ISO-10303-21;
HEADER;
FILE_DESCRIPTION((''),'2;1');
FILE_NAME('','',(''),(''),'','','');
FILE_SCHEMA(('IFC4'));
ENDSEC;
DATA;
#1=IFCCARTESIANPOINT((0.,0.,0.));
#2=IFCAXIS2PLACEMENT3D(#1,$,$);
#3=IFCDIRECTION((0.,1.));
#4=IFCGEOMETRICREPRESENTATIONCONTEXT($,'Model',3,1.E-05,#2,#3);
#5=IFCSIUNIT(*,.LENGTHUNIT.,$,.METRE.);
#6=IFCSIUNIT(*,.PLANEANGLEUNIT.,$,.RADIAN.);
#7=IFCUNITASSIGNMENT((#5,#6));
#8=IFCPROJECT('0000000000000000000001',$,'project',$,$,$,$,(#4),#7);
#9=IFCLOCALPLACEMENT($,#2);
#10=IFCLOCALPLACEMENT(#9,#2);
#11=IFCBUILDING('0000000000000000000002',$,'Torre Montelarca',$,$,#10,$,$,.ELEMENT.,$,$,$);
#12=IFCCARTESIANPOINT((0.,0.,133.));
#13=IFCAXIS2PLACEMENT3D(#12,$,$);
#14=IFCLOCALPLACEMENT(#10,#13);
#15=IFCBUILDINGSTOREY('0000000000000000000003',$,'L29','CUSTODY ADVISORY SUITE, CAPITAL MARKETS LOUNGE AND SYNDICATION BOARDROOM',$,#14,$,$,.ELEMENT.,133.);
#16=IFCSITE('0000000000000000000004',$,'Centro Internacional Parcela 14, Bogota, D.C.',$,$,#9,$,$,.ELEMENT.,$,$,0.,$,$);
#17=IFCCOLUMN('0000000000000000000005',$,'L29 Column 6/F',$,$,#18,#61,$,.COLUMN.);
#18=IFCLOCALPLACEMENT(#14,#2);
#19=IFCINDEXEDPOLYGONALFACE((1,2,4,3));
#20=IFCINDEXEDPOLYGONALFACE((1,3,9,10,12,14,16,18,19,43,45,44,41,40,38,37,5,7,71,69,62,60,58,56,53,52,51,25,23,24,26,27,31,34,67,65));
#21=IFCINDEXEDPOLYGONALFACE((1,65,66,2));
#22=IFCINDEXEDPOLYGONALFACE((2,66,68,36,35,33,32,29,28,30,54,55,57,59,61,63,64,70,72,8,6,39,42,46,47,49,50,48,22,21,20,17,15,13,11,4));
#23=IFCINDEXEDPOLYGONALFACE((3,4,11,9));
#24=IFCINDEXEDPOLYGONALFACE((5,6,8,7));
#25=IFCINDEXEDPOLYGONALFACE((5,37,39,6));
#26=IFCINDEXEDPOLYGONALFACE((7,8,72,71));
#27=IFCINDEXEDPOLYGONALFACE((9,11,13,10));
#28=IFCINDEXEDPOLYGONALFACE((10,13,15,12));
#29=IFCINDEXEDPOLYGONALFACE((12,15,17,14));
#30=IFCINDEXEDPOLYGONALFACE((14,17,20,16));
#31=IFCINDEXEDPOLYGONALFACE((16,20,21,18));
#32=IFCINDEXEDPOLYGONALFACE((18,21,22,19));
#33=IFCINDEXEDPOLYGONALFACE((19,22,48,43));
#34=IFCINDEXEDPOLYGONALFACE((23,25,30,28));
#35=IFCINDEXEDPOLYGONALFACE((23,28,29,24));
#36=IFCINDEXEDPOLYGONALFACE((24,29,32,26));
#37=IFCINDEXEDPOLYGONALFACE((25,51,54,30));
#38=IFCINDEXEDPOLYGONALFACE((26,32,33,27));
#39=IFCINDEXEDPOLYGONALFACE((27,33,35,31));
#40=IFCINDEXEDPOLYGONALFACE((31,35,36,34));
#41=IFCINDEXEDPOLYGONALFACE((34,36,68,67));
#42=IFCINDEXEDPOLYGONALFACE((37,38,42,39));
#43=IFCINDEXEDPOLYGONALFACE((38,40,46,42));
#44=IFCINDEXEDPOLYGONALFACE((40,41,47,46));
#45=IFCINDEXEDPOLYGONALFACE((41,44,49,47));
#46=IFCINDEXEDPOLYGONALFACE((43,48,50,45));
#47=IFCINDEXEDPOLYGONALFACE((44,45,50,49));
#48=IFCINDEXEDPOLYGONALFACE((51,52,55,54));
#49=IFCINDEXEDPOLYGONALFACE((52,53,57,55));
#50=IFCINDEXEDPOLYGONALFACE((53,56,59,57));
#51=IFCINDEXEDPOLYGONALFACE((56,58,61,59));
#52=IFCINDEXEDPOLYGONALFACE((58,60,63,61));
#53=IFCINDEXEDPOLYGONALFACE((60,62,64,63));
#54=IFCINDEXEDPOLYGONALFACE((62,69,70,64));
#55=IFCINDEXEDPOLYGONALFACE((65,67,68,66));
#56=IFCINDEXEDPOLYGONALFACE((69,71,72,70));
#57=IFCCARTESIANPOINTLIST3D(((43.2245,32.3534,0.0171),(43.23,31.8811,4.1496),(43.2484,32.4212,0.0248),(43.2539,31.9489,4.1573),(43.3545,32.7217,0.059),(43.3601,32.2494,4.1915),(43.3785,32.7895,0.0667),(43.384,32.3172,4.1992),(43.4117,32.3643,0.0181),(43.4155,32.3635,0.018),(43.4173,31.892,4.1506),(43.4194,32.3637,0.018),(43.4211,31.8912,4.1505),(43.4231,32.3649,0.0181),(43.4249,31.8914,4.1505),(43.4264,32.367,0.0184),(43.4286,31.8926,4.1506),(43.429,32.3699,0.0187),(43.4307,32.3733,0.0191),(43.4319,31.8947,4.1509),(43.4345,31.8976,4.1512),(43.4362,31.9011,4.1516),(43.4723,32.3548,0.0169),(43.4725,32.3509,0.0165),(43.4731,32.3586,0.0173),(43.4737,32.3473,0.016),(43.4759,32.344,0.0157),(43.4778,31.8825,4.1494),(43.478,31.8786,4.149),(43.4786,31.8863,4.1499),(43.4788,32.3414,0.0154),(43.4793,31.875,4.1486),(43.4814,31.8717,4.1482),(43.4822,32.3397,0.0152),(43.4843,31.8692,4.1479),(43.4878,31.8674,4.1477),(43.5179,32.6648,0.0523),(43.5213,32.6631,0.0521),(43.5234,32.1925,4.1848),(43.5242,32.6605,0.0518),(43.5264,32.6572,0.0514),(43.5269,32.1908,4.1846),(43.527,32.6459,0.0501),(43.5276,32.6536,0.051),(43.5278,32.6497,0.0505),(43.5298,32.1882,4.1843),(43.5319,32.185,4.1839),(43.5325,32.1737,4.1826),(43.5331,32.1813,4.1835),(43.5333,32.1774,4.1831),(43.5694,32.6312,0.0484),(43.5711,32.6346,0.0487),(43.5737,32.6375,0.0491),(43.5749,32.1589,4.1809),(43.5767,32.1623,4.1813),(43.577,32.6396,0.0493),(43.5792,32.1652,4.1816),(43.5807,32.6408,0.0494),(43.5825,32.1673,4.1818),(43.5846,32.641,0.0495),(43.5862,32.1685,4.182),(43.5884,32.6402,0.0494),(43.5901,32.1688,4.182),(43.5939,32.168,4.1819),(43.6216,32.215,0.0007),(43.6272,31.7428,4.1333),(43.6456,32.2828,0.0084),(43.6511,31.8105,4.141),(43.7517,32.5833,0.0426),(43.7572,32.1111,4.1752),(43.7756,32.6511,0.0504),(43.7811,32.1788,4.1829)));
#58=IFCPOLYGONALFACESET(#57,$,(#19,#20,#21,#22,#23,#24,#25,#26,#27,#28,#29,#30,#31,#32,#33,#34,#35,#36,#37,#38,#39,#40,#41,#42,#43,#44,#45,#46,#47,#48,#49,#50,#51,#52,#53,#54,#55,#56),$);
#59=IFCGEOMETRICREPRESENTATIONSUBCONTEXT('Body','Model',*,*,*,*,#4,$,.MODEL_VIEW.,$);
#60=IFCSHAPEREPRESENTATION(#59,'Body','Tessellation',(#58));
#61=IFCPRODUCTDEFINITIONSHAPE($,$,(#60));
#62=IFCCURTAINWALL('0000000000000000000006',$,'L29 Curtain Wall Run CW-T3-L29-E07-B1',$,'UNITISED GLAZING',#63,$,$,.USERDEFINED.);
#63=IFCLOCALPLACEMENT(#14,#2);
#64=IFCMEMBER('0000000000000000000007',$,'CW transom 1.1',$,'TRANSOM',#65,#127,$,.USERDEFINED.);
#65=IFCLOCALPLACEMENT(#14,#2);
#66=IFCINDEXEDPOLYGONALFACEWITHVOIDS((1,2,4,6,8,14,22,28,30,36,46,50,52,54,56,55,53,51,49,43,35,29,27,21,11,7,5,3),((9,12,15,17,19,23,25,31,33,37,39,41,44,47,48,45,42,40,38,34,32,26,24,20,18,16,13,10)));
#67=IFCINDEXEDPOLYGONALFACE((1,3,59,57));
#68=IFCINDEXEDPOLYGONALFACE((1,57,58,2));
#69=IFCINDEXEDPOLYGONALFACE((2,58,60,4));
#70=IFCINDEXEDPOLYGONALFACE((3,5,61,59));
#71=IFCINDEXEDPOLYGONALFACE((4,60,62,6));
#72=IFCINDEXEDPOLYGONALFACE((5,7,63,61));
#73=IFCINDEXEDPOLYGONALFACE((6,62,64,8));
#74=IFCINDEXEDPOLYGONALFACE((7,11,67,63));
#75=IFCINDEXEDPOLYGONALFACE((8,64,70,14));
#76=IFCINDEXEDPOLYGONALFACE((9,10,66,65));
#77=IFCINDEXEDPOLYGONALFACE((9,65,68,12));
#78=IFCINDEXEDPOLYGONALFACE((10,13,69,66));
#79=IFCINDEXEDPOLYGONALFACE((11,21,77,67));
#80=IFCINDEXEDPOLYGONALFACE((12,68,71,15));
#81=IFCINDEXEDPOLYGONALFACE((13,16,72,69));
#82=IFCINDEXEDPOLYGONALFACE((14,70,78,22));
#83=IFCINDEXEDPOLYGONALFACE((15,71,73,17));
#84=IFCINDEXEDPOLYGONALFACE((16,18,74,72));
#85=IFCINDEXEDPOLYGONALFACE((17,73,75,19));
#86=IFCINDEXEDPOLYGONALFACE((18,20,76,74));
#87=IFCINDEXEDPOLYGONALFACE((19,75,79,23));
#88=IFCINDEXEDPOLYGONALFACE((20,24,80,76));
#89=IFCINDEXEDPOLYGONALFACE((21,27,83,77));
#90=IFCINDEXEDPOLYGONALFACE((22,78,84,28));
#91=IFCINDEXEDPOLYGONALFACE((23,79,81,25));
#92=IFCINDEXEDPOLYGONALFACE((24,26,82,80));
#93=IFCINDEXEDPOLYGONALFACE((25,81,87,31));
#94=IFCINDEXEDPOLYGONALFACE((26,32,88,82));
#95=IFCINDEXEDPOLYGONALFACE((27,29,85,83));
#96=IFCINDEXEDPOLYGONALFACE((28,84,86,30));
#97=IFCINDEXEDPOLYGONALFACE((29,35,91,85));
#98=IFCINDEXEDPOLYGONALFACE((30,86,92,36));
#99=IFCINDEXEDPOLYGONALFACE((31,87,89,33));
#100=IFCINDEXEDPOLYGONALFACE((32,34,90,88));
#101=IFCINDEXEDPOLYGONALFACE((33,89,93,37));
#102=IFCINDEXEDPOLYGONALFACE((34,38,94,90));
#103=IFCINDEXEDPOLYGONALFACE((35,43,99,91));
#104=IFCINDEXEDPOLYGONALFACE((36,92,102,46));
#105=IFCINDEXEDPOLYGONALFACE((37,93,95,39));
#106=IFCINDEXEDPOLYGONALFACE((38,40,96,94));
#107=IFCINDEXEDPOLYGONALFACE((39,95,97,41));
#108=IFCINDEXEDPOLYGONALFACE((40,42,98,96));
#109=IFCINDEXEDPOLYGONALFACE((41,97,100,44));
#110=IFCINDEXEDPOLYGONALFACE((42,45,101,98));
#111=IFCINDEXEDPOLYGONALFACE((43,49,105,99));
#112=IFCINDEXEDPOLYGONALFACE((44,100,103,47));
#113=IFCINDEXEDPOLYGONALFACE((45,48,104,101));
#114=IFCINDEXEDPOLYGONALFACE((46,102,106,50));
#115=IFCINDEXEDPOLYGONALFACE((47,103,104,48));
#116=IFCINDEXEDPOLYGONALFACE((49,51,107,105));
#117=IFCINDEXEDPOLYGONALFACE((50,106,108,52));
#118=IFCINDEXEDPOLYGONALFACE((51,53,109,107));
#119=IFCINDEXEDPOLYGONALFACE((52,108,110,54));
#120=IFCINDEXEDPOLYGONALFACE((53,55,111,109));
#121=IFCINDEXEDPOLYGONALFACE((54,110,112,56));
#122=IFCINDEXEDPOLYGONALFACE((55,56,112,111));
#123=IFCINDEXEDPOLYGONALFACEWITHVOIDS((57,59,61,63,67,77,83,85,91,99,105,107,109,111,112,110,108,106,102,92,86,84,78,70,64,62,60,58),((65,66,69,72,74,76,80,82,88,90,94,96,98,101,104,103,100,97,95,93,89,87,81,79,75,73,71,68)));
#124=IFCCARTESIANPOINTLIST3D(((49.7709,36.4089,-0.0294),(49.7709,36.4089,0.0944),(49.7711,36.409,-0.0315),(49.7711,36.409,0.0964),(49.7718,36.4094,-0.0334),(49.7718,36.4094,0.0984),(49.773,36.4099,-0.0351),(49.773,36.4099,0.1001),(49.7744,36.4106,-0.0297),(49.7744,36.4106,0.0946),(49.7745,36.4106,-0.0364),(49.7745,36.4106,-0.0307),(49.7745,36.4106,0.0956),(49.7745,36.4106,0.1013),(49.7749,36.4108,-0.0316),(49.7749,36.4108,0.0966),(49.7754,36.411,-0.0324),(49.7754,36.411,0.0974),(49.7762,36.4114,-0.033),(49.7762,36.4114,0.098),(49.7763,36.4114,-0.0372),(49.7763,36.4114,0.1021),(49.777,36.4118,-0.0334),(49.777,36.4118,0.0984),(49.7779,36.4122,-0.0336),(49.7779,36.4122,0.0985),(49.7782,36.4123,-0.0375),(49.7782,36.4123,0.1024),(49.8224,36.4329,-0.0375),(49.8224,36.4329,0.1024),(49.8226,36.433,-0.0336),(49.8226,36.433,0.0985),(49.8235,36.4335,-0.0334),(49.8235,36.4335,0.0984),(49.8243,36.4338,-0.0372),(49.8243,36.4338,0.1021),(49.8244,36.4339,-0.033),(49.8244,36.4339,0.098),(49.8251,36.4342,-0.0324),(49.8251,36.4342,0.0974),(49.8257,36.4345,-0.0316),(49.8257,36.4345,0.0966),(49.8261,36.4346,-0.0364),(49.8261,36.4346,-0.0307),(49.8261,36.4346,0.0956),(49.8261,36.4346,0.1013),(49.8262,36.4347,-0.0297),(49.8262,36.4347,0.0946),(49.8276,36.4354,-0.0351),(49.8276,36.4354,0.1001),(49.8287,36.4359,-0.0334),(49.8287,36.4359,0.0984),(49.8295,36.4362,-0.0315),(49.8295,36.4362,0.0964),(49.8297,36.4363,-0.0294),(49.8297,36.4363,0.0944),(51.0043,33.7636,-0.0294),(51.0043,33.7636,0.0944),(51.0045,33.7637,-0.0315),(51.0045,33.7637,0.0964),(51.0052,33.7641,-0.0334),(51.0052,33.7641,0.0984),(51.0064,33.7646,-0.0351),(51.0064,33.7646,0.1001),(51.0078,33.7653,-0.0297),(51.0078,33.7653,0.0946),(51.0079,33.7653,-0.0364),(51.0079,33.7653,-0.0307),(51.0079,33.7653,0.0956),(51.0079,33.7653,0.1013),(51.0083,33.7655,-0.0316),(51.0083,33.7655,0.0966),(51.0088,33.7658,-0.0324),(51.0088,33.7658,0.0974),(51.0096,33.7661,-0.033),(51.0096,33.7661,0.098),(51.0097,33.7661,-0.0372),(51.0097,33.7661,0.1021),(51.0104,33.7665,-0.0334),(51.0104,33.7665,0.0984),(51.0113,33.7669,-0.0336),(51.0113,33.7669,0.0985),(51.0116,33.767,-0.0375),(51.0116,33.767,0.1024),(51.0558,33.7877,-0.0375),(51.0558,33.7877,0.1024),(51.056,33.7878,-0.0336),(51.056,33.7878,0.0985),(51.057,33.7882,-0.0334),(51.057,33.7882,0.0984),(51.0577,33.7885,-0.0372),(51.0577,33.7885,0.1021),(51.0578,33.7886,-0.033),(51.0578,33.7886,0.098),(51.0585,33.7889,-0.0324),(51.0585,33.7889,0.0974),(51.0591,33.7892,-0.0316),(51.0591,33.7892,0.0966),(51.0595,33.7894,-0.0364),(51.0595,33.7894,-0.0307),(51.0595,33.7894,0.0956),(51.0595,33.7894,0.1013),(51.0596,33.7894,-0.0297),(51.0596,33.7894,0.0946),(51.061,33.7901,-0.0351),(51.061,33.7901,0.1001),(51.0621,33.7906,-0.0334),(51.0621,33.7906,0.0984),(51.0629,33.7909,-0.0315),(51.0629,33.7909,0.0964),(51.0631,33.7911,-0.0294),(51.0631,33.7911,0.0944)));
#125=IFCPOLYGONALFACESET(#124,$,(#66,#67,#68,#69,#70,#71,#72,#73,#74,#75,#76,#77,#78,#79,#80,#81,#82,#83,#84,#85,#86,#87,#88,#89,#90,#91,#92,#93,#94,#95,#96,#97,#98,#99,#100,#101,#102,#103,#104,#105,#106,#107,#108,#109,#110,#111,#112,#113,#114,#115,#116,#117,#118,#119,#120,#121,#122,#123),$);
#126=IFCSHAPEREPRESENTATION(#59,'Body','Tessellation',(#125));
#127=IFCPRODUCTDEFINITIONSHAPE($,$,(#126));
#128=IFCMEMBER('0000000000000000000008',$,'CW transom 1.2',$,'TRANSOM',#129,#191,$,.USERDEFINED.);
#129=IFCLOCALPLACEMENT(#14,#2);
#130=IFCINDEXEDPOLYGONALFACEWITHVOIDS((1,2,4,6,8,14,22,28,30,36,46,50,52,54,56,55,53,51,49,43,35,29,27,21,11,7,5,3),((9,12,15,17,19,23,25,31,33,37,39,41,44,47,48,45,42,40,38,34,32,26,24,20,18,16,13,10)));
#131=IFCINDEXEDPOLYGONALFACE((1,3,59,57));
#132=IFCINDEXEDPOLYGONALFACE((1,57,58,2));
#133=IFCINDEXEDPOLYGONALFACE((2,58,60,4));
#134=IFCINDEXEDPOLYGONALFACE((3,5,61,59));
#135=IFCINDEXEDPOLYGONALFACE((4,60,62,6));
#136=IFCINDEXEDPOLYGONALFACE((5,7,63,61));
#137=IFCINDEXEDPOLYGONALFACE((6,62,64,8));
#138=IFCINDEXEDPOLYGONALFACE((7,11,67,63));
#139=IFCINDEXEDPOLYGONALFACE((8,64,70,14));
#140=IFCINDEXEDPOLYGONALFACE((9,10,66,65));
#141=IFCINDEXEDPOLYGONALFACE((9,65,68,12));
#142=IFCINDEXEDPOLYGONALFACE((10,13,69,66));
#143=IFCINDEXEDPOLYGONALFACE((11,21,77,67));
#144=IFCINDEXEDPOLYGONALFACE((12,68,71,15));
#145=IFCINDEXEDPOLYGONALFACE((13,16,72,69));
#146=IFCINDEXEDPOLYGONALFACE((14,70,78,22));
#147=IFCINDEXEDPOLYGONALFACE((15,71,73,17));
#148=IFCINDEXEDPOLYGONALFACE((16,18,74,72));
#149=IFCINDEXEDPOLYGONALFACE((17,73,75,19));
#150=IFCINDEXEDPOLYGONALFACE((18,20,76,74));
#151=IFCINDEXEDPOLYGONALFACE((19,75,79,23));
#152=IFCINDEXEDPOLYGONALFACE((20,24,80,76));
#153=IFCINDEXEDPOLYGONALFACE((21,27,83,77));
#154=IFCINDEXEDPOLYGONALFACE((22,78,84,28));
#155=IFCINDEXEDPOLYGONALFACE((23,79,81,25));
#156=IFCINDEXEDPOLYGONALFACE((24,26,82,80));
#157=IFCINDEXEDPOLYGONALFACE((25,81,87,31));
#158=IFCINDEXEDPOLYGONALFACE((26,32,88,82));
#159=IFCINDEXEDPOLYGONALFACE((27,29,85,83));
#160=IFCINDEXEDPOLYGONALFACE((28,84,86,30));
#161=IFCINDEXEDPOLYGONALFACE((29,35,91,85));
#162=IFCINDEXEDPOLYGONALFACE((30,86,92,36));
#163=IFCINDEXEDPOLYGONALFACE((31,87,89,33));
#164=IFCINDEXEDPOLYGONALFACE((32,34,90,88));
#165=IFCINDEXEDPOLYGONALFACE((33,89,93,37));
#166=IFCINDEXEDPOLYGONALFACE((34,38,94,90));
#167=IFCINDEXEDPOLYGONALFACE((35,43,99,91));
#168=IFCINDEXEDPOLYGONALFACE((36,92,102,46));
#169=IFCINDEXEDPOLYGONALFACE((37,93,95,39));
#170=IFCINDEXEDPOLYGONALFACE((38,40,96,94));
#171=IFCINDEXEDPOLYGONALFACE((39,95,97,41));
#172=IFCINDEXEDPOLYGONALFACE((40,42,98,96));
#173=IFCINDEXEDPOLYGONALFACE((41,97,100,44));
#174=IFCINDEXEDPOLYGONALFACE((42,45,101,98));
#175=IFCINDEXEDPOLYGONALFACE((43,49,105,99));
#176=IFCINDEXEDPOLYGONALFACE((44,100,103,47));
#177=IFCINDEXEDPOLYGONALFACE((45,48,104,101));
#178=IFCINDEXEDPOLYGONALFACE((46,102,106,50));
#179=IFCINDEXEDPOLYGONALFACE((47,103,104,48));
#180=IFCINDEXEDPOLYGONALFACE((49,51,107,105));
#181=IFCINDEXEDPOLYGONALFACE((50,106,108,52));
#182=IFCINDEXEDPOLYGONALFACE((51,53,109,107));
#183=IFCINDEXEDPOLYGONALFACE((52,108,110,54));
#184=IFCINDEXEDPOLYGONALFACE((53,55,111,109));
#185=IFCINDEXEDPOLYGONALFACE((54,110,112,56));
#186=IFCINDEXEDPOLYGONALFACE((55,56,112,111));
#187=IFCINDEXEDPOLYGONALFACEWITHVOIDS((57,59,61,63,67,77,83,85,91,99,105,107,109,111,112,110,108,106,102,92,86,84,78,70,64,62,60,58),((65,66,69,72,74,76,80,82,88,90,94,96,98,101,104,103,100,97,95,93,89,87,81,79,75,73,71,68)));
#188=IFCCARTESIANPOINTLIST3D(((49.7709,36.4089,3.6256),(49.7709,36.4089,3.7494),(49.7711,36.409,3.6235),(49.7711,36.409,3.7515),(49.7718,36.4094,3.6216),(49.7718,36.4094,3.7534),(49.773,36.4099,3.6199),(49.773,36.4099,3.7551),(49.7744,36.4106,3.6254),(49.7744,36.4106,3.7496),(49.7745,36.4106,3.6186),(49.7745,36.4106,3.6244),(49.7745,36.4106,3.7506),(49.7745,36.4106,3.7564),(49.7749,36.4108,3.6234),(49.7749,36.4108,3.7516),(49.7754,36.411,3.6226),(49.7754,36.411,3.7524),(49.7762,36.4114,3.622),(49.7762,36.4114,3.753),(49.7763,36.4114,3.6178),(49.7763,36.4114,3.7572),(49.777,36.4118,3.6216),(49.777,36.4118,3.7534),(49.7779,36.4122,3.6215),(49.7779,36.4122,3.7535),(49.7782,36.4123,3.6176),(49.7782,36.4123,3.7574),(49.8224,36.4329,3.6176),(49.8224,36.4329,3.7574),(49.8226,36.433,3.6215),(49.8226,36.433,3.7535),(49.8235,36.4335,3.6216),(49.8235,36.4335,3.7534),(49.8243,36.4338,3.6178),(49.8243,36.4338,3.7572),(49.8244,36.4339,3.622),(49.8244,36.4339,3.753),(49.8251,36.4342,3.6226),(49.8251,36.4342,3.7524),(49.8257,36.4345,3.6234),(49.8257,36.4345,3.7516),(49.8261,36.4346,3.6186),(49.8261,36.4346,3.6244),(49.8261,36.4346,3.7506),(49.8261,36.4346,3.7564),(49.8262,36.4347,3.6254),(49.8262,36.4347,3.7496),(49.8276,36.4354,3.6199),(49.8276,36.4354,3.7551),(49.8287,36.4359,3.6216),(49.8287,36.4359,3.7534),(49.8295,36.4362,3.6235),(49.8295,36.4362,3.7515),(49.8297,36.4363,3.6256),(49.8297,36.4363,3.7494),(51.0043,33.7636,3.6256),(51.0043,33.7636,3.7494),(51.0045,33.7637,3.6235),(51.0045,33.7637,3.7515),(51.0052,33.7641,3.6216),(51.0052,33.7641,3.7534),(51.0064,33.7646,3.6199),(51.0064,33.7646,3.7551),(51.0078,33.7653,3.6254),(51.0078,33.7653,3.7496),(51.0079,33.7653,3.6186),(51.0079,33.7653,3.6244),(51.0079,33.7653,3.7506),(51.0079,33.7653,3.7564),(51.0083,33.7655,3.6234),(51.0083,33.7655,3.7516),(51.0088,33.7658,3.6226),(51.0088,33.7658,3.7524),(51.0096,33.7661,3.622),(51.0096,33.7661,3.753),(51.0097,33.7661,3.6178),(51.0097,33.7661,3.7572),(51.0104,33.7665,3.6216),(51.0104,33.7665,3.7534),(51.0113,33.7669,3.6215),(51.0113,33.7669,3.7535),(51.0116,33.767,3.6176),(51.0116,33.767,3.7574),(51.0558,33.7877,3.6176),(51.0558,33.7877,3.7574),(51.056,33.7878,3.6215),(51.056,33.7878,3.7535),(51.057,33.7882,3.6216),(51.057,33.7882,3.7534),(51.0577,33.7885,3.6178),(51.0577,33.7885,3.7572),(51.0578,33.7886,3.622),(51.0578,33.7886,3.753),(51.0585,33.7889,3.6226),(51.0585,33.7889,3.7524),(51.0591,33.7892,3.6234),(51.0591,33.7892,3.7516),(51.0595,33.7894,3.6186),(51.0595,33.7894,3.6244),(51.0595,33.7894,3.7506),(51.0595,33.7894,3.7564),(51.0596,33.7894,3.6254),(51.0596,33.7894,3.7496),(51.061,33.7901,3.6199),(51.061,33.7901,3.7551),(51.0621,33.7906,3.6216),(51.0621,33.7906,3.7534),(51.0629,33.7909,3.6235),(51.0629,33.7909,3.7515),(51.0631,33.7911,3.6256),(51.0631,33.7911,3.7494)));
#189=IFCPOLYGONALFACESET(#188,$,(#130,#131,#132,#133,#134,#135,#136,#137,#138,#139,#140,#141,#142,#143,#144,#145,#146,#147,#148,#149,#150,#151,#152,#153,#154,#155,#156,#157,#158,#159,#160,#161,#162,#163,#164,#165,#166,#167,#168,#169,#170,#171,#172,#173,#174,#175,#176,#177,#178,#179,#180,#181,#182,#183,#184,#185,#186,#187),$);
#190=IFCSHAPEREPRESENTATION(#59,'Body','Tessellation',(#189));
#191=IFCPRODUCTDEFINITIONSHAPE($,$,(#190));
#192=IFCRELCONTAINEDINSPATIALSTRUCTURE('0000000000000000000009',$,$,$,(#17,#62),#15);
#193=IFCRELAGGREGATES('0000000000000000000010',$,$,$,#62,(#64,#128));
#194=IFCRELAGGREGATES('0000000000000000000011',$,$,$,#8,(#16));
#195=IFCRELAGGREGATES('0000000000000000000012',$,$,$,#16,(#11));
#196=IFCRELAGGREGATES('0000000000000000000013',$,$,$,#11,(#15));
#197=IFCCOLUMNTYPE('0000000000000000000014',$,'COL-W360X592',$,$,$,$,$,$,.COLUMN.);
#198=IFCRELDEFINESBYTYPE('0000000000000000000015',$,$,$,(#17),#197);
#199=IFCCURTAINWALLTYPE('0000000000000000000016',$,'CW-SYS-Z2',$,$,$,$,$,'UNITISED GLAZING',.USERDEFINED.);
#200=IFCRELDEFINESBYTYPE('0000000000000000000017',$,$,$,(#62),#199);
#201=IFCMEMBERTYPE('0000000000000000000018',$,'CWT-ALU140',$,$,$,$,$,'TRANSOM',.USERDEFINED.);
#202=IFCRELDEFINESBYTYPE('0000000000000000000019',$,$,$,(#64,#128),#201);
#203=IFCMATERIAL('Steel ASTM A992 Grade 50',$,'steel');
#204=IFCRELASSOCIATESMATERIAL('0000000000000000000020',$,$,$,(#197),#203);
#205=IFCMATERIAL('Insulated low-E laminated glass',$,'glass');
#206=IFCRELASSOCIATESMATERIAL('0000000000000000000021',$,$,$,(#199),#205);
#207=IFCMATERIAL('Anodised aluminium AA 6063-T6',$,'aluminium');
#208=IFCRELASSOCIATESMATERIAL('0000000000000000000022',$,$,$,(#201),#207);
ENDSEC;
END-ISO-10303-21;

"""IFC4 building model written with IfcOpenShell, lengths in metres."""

from ifc_helpers import new_model, si_unit, direction, frame, origin, origin_2d, place, context, subcontext, project, spatial, hollow_rectangle, i_section, extrude, clip, halfspace, source, transform, mapped, material, material_profile, profile_set, type_object, element, aggregate, save


model = new_model("IFC4")

# Units and contexts
model_context = context("Model", 3, precision=1e-05, world=origin(), true_north=direction((0.0, 1.0)))
body_context = subcontext(model_context, "Body", "Model", "MODEL_VIEW")
ifc_project = project(units=[si_unit("LENGTHUNIT", "METRE"), si_unit("PLANEANGLEUNIT", "RADIAN")], contexts=[model_context])

# Site, building, storey
site_placement = place(None, origin())
site = spatial("IfcSite", under=ifc_project, at=site_placement, Name="Centro Internacional Parcela 14, Bogota, D.C.", CompositionType="ELEMENT", RefElevation=0.0)
building_placement = place(site_placement, origin())
building = spatial("IfcBuilding", under=site, at=building_placement, Name="Torre Montelarca", CompositionType="ELEMENT")
storey_placement = place(building_placement, frame((0.0, 0.0, 133.0)))
storey = spatial("IfcBuildingStorey", under=building, at=storey_placement, Name="L29", Description="CUSTODY ADVISORY SUITE, CAPITAL MARKETS LOUNGE AND SYNDICATION BOARDROOM", CompositionType="ELEMENT", Elevation=133.0)

# Column
ifc_material_1 = material(Name="Steel ASTM A992 Grade 50", Category="steel")
ifc_material_profile_1 = material_profile(ifc_material_1, i_section(OverallWidth=0.4209, OverallDepth=0.4651, WebThickness=0.0449, FlangeThickness=0.0723, FilletRadius=0.0149, at=origin_2d()), Name="W360X592", Category="steel")
ifc_profile_set_1 = profile_set([ifc_material_profile_1], Name="Steel ASTM A992 Grade 50")
column_type_1 = type_object("IfcColumnType", Name="COL-W360X592", PredefinedType="COLUMN", material=ifc_profile_set_1)
column_1_placement = place(storey_placement, frame((43.5, 32.5061, 0.0), z_axis=(0.001328, -0.113543, 0.993532), x_axis=(-0.943603, 0.328792, 0.038837)))
element("IfcColumn", 1, at=column_1_placement, inside=storey, type_object=column_type_1, Name="L29 Column 6/F", PredefinedType="COLUMN", context=body_context, shape_type="Clipping", body=[
    clip(clip(extrude(i_section(OverallWidth=0.4209, OverallDepth=0.4651, WebThickness=0.0449, FlangeThickness=0.0723, FilletRadius=0.0149, at=origin_2d()), origin(), (0.0, 0.0, 1.0), 4.2273), halfspace(frame((0.0, 0.0, 0.0339), z_axis=(0.0, 0.0, -1.0), x_axis=(1.0, 0.0, 0.0)), False)), halfspace(frame((0.0, 0.0, 4.1934), z_axis=(0.0, 0.0, 1.0), x_axis=(1.0, 0.0, 0.0)), False)),
])

# Curtain wall, members
ifc_material_2 = material(Name="Insulated low-E laminated glass", Category="glass")
curtain_wall_type = type_object("IfcCurtainWallType", Name="CW-SYS-Z2", ElementType="UNITISED GLAZING", PredefinedType="USERDEFINED", material=ifc_material_2)
curtain_wall_1_placement = place(storey_placement, origin())
curtain_wall_1 = element("IfcCurtainWall", 2, at=curtain_wall_1_placement, inside=storey, type_object=curtain_wall_type, Name="L29 Curtain Wall Run CW-T3-L29-E07-B1", ObjectType="UNITISED GLAZING", PredefinedType="USERDEFINED")
ifc_material_3 = material(Name="Anodised aluminium AA 6063-T6", Category="aluminium")
ifc_material_profile_2 = material_profile(ifc_material_3, hollow_rectangle(XDim=0.0649, YDim=0.1399, WallThickness=0.0039, InnerFilletRadius=0.0039, OuterFilletRadius=0.0081, at=origin_2d()), Name="ALU65X140X4", Category="aluminium")
ifc_profile_set_2 = profile_set([ifc_material_profile_2], Name="Anodised aluminium AA 6063-T6")
member_type_1 = type_object("IfcMemberType", Name="CWT-ALU140", ElementType="TRANSOM", PredefinedType="USERDEFINED", material=ifc_profile_set_2)
shared_shape_1 = source(origin(), body_context, "Body", "SweptSolid", [
    extrude(hollow_rectangle(XDim=0.0649, YDim=0.1399, WallThickness=0.0039, InnerFilletRadius=0.0039, OuterFilletRadius=0.0081, at=origin_2d()), origin(), (0.0, 0.0, 1.0), 2.9187),
])
member_1_placement = place(storey_placement, frame((51.0337, 33.7773, 0.0325), z_axis=(-0.422588, 0.906322, 0.0), x_axis=(-0.906322, -0.422588, 0.0)))
member_1 = element("IfcMember", 3, at=member_1_placement, type_object=member_type_1, Name="CW transom 1.1", ObjectType="TRANSOM", PredefinedType="USERDEFINED", context=body_context, shape_type="MappedRepresentation", body=[
    mapped(shared_shape_1, transform((0.0, 0.0, 0.0), scale=1.0)),
])
member_2_placement = place(storey_placement, frame((51.0337, 33.7773, 3.6875), z_axis=(-0.422588, 0.906322, 0.0), x_axis=(-0.906322, -0.422588, 0.0)))
member_2 = element("IfcMember", 4, at=member_2_placement, type_object=member_type_1, Name="CW transom 1.2", ObjectType="TRANSOM", PredefinedType="USERDEFINED", context=body_context, shape_type="MappedRepresentation", body=[
    mapped(shared_shape_1, transform((0.0, 0.0, 0.0), scale=1.0)),
])

aggregate(curtain_wall_1, [member_1, member_2])

save(model, "model.ifc")
